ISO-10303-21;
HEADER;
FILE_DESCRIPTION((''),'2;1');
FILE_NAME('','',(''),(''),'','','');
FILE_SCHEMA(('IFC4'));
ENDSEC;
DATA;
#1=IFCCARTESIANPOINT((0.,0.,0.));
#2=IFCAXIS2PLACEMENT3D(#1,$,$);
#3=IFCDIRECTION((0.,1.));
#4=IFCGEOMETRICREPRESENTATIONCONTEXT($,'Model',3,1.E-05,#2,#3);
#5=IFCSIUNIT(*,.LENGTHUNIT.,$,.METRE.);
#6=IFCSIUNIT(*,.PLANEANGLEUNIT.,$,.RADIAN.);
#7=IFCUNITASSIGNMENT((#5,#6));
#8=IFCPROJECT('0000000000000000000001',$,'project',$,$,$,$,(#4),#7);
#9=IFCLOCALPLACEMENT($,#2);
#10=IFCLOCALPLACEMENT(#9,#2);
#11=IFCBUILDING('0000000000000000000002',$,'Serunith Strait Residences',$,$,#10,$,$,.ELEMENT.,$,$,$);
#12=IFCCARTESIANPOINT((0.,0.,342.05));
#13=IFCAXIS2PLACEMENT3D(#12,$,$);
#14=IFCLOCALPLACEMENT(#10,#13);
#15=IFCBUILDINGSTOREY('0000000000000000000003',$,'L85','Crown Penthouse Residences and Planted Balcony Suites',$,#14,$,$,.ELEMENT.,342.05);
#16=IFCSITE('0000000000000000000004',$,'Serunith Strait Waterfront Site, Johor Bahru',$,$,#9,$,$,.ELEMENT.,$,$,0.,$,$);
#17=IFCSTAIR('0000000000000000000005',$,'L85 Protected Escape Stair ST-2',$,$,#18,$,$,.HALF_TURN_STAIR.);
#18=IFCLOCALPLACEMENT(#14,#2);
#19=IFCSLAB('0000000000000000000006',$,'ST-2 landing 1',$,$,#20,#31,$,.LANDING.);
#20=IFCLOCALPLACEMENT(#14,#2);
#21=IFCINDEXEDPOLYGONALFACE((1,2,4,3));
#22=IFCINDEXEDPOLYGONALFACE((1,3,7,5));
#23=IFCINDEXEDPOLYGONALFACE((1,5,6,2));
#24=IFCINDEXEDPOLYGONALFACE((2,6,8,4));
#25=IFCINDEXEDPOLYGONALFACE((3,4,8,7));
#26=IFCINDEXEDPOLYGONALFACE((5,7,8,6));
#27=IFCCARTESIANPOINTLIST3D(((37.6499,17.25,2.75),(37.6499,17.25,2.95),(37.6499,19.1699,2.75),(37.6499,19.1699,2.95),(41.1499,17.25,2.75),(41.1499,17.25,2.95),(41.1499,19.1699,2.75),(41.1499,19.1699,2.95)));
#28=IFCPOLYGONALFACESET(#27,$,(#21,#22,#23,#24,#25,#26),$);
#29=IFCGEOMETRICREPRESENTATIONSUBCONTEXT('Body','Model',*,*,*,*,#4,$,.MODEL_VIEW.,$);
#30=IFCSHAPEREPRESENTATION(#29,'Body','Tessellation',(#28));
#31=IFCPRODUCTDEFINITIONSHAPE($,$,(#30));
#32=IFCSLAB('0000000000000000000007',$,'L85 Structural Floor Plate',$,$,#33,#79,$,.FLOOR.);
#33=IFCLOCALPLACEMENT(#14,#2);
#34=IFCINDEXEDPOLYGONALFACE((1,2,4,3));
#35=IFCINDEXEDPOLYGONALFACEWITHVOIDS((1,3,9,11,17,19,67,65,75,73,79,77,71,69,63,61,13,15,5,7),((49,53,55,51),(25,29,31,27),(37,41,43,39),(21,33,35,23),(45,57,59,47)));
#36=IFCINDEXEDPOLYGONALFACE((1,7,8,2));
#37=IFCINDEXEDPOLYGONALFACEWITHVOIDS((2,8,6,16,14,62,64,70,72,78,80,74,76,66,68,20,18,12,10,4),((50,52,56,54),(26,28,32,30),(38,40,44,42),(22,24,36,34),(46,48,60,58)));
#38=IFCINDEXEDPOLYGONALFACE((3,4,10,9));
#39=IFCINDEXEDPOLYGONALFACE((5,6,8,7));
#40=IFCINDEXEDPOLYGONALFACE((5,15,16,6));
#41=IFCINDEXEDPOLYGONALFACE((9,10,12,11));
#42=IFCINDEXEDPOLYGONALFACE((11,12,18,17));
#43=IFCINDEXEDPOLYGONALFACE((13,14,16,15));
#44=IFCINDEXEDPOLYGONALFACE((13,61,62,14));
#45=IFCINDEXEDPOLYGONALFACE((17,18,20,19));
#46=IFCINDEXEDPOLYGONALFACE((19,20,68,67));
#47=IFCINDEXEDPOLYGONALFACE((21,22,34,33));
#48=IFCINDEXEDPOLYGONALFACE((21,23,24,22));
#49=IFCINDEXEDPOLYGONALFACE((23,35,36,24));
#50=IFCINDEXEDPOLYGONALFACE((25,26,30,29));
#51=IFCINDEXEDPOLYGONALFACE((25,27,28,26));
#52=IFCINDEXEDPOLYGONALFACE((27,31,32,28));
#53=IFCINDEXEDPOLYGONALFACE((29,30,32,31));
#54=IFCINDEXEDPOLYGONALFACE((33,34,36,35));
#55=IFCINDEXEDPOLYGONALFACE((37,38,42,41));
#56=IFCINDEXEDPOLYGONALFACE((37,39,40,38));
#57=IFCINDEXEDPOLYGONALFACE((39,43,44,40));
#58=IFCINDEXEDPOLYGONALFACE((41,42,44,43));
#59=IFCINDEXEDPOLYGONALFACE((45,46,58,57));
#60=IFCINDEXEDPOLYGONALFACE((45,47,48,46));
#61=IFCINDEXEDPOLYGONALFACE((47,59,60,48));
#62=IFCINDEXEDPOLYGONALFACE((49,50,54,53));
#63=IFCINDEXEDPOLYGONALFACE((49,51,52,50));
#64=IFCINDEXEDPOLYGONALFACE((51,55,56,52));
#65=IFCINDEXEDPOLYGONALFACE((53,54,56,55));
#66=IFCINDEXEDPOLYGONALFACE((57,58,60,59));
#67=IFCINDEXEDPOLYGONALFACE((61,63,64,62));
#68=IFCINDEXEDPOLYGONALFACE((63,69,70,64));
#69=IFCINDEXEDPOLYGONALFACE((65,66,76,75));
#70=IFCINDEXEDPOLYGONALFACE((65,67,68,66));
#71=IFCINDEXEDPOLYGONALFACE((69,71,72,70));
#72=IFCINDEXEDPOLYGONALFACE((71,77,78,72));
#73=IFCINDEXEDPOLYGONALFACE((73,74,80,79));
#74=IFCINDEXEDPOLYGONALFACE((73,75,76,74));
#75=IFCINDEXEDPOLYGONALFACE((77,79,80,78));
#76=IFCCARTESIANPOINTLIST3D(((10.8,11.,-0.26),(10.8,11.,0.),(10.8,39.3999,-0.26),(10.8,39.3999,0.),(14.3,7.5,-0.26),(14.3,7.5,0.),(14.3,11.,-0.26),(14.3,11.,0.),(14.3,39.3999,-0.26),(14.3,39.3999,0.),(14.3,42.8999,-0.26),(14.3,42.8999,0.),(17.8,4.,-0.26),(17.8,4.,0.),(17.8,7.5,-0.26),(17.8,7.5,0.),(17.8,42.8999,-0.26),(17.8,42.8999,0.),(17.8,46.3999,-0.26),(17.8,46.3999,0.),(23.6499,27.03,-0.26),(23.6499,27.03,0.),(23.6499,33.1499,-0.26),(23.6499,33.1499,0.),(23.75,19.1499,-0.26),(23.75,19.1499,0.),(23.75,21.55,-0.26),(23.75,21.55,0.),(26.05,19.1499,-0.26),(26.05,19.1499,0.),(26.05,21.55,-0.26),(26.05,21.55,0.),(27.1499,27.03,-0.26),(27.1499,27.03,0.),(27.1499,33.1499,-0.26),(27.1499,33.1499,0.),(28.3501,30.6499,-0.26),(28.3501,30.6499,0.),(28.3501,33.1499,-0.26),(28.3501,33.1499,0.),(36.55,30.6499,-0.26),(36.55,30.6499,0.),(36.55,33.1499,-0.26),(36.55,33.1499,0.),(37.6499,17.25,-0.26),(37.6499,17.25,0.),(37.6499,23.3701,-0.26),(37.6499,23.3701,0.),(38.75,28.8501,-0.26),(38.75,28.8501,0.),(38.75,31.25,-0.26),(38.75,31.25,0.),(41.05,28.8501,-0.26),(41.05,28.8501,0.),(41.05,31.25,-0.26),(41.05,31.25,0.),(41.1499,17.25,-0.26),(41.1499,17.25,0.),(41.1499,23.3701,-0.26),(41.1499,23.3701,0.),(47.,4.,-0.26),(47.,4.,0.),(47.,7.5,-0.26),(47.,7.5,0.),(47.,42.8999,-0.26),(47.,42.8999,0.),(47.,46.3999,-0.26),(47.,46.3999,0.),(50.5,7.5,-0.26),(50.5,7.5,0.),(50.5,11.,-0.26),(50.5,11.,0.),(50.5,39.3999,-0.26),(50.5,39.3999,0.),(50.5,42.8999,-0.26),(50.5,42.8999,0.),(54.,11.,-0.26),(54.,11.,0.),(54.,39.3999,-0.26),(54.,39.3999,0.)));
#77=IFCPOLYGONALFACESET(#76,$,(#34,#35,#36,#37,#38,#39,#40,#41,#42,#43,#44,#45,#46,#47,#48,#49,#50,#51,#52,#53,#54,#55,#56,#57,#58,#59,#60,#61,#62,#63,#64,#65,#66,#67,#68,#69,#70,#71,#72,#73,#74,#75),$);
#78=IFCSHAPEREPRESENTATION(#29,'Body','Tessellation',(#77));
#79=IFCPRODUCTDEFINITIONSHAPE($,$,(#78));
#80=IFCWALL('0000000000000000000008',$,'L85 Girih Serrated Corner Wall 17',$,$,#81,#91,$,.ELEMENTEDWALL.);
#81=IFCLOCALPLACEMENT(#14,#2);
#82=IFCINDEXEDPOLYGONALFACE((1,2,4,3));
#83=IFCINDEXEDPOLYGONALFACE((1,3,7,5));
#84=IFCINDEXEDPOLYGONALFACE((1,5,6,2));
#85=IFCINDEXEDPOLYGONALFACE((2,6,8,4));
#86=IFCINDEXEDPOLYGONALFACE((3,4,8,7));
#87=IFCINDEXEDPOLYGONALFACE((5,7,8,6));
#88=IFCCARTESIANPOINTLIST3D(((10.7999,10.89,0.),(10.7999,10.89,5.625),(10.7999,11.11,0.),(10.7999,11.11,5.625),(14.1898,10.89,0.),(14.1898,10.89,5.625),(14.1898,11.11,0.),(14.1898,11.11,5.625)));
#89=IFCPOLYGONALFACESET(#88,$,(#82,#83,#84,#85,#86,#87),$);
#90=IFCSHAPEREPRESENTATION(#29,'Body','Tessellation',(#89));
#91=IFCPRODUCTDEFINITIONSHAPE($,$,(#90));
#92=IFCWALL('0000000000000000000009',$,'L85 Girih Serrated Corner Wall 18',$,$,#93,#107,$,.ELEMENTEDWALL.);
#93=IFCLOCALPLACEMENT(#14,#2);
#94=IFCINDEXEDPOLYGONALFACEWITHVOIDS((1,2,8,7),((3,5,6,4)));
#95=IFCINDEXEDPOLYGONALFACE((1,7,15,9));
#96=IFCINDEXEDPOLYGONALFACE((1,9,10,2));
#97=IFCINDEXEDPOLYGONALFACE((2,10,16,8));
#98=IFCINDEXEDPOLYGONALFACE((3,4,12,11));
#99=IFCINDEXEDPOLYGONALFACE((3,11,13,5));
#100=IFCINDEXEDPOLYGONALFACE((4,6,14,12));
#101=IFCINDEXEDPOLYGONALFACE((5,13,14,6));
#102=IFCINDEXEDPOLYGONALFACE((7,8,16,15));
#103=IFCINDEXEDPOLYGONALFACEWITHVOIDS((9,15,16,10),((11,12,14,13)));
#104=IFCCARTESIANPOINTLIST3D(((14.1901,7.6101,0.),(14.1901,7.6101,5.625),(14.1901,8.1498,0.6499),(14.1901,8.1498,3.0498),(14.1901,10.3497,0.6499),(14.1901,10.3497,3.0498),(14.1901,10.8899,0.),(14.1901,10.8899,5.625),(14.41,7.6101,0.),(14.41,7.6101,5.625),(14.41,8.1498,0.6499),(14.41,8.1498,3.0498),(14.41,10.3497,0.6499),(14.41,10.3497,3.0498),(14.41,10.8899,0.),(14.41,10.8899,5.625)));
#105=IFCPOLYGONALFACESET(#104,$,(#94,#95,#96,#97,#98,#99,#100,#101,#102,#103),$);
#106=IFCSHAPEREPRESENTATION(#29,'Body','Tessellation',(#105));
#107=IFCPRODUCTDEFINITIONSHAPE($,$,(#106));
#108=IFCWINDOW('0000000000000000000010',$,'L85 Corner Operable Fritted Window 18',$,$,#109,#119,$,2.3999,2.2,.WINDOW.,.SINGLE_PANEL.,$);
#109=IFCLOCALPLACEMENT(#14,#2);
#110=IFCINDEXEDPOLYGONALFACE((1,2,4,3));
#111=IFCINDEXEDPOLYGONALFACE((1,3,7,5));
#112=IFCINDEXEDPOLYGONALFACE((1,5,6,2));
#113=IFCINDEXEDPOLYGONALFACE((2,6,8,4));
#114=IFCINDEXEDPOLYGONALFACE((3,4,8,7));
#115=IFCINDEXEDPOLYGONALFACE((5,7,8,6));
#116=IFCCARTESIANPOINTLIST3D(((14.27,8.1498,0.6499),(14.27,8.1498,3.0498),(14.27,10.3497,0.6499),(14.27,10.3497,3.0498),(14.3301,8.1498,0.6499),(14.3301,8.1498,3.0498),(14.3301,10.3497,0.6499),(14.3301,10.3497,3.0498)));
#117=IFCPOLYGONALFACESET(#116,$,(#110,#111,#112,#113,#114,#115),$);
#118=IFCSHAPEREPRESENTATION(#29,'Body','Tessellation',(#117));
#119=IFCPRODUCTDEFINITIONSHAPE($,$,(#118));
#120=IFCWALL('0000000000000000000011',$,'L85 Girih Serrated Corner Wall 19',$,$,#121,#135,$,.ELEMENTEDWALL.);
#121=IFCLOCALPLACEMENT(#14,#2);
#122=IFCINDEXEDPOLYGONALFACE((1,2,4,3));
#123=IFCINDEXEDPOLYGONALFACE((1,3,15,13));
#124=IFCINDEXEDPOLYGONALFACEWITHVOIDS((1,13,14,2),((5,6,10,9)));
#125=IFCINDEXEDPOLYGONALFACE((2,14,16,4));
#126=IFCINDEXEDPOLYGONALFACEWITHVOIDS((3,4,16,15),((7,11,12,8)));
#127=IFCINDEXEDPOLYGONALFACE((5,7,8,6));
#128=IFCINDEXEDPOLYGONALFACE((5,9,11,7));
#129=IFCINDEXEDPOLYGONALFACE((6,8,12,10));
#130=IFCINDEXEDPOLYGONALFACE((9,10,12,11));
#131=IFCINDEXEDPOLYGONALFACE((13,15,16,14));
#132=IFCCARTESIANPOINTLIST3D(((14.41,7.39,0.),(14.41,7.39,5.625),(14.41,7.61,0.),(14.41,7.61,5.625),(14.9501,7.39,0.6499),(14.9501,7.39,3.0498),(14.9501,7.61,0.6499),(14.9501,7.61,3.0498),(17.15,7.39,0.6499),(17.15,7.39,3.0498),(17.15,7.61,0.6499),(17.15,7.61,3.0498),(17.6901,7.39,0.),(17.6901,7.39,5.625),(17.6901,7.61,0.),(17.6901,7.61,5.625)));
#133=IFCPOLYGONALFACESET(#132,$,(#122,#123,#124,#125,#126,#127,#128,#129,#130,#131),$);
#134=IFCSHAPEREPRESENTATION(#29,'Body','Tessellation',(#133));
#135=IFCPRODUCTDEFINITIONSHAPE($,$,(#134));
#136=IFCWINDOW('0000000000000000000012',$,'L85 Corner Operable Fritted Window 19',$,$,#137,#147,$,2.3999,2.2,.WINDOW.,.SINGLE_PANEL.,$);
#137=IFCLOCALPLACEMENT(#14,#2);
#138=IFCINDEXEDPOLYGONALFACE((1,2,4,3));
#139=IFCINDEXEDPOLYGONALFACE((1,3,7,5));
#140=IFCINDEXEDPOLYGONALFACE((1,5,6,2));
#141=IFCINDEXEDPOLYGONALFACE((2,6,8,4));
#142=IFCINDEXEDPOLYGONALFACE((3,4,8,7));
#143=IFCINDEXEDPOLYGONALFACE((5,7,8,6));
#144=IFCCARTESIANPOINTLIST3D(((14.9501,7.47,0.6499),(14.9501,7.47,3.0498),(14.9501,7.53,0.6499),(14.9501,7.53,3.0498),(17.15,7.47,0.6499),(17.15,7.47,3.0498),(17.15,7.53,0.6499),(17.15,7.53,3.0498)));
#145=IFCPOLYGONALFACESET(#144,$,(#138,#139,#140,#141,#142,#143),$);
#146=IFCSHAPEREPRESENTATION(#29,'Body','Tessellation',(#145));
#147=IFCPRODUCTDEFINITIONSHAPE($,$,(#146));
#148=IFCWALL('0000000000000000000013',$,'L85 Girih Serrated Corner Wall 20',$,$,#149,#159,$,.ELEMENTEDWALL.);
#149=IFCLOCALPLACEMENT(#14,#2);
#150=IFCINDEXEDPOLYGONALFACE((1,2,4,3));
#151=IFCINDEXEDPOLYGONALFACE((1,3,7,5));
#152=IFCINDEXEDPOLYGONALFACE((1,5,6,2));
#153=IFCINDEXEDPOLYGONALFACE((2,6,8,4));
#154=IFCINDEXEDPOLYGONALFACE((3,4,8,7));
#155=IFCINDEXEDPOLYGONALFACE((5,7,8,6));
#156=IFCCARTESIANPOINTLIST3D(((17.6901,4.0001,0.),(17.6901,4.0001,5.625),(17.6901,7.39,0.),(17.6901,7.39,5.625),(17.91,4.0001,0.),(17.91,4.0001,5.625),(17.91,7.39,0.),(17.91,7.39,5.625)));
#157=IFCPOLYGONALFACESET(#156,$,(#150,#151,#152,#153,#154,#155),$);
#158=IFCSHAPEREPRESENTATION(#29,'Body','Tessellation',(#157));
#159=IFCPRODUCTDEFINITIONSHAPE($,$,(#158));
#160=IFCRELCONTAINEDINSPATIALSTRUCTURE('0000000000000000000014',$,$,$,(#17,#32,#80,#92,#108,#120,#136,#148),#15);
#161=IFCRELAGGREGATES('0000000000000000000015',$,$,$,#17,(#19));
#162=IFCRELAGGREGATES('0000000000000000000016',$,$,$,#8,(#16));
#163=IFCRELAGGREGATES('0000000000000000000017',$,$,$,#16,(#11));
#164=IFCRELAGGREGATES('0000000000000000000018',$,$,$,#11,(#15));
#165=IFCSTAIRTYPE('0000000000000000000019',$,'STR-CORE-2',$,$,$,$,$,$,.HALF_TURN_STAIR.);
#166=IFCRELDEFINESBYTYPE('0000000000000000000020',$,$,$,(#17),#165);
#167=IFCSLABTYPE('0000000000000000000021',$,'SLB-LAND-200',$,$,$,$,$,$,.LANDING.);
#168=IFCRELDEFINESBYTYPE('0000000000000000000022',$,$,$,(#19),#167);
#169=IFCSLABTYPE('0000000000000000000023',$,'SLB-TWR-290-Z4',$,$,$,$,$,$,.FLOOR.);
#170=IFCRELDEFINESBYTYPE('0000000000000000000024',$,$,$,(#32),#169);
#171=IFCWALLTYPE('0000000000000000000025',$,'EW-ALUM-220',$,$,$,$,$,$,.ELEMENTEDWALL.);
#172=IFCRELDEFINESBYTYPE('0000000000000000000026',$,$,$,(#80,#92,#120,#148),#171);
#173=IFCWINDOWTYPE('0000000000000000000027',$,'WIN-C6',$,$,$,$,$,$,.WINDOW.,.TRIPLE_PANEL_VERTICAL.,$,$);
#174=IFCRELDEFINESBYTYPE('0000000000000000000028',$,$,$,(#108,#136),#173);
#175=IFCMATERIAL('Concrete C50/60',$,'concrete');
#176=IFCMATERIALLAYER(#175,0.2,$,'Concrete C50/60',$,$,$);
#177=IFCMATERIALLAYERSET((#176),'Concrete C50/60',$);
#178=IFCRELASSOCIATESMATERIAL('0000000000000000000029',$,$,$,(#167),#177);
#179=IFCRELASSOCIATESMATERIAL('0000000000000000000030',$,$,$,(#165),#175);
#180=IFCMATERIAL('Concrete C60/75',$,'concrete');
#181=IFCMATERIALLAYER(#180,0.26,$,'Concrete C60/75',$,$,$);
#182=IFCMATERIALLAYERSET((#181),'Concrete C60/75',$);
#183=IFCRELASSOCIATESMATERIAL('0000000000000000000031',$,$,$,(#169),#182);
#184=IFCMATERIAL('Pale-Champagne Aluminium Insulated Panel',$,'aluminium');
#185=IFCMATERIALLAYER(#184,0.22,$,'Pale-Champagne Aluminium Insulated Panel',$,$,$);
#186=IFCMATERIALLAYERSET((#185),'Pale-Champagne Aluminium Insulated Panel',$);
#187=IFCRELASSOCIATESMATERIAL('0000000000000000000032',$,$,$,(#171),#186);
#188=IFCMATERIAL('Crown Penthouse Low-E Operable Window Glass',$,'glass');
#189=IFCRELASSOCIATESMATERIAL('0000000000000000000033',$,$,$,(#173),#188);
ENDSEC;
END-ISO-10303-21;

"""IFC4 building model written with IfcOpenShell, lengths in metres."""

from ifc_helpers import new_model, si_unit, direction, frame, frame_2d, origin, place, context, subcontext, project, spatial, polyline, rectangle, outline, extrude, source, transform, mapped, material, layer, layer_set, type_object, element, fill, aggregate, save


model = new_model("IFC4")

# Units and contexts
model_context = context("Model", 3, precision=1e-05, world=origin(), true_north=direction((0.0, 1.0)))
body_context = subcontext(model_context, "Body", "Model", "MODEL_VIEW")
ifc_project = project(units=[si_unit("LENGTHUNIT", "METRE"), si_unit("PLANEANGLEUNIT", "RADIAN")], contexts=[model_context])

# Site, building, storey
site_placement = place(None, origin())
site = spatial("IfcSite", under=ifc_project, at=site_placement, Name="Serunith Strait Waterfront Site, Johor Bahru", CompositionType="ELEMENT", RefElevation=0.0)
building_placement = place(site_placement, origin())
building = spatial("IfcBuilding", under=site, at=building_placement, Name="Serunith Strait Residences", CompositionType="ELEMENT")
storey_placement = place(building_placement, frame((0.0, 0.0, 342.05)))
storey = spatial("IfcBuildingStorey", under=building, at=storey_placement, Name="L85", Description="Crown Penthouse Residences and Planted Balcony Suites", CompositionType="ELEMENT", Elevation=342.05)

# Shared definitions
ifc_material_1 = material(Name="Concrete C60/75", Category="concrete")

# Shared definitions
ifc_material_2 = material(Name="Concrete C50/60", Category="concrete")

# Stair, slab
ifc_layer_1 = layer(ifc_material_2, 0.2, Name="Concrete C50/60")
ifc_layer_set_1 = layer_set([ifc_layer_1], Name="Concrete C50/60")
slab_type_1 = type_object("IfcSlabType", Name="SLB-LAND-200", PredefinedType="LANDING", material=ifc_layer_set_1)
stair_type_1 = type_object("IfcStairType", Name="STR-CORE-2", PredefinedType="HALF_TURN_STAIR", material=ifc_material_2)
stair_1_placement = place(storey_placement, origin())
stair_1 = element("IfcStair", 1, at=stair_1_placement, inside=storey, type_object=stair_type_1, Name="L85 Protected Escape Stair ST-2", PredefinedType="HALF_TURN_STAIR")
slab_1_placement = place(storey_placement, frame((0.0, 0.0, 2.75)))
slab_1 = element("IfcSlab", 2, at=slab_1_placement, type_object=slab_type_1, Name="ST-2 landing 1", PredefinedType="LANDING", context=body_context, shape_type="SweptSolid", body=[
    extrude(outline(polyline([(37.6499, 19.1699), (37.6499, 17.25), (41.1499, 17.25), (41.1499, 19.1699), (37.6499, 19.1699)])), origin(), (0.0, 0.0, 1.0), 0.2),
])
aggregate(stair_1, [slab_1])

# Slab
ifc_layer_2 = layer(ifc_material_1, 0.26, Name="Concrete C60/75")
ifc_layer_set_2 = layer_set([ifc_layer_2], Name="Concrete C60/75")
slab_type_2 = type_object("IfcSlabType", Name="SLB-TWR-290-Z4", PredefinedType="FLOOR", material=ifc_layer_set_2)
slab_2_placement = place(storey_placement, frame((0.0, 0.0, -0.26)))
element("IfcSlab", 3, at=slab_2_placement, inside=storey, type_object=slab_type_2, Name="L85 Structural Floor Plate", PredefinedType="FLOOR", context=body_context, shape_type="SweptSolid", body=[
    extrude(outline(polyline([(17.8, 7.5), (14.3, 7.5), (14.3, 11.0), (10.8, 11.0), (10.8, 39.3999), (14.3, 39.3999), (14.3, 42.8999), (17.8, 42.8999), (17.8, 46.3999), (47.0, 46.3999), (47.0, 42.8999), (50.5, 42.8999), (50.5, 39.3999), (54.0, 39.3999), (54.0, 11.0), (50.5, 11.0), (50.5, 7.5), (47.0, 7.5), (47.0, 4.0), (17.8, 4.0), (17.8, 7.5)]), holes=[polyline([(41.1499, 23.3701), (37.6499, 23.3701), (37.6499, 17.25), (41.1499, 17.25), (41.1499, 23.3701)]), polyline([(38.75, 31.25), (38.75, 28.8501), (41.05, 28.8501), (41.05, 31.25), (38.75, 31.25)]), polyline([(36.55, 33.1499), (28.3501, 33.1499), (28.3501, 30.6499), (36.55, 30.6499), (36.55, 33.1499)]), polyline([(23.6499, 33.1499), (23.6499, 27.03), (27.1499, 27.03), (27.1499, 33.1499), (23.6499, 33.1499)]), polyline([(23.75, 21.55), (23.75, 19.1499), (26.05, 19.1499), (26.05, 21.55), (23.75, 21.55)])]), origin(), (0.0, 0.0, 1.0), 0.26),
])

# Wall
ifc_material_3 = material(Name="Pale-Champagne Aluminium Insulated Panel", Category="aluminium")
ifc_layer_3 = layer(ifc_material_3, 0.22, Name="Pale-Champagne Aluminium Insulated Panel")
ifc_layer_set_3 = layer_set([ifc_layer_3], Name="Pale-Champagne Aluminium Insulated Panel")
wall_type = type_object("IfcWallType", Name="EW-ALUM-220", PredefinedType="ELEMENTEDWALL", material=ifc_layer_set_3)
wall_1_placement = place(storey_placement, frame((10.8, 11.0, 0.0), z_axis=(0.0, 0.0, 1.0), x_axis=(1.0, 0.0, 0.0)))
element("IfcWall", 4, at=wall_1_placement, inside=storey, type_object=wall_type, Name="L85 Girih Serrated Corner Wall 17", PredefinedType="ELEMENTEDWALL", context=body_context, shape_type="SweptSolid", body=[
    extrude(rectangle(XDim=3.3899, YDim=0.22, at=frame_2d((1.6948, 0.0))), origin(), (0.0, 0.0, 1.0), 5.625),
])

# Walls, openings, windows
wall_2_placement = place(storey_placement, frame((14.3, 10.8899, 0.0), z_axis=(0.0, 0.0, 1.0), x_axis=(0.0, -1.0, 0.0)))
wall_2 = element("IfcWall", 5, at=wall_2_placement, inside=storey, type_object=wall_type, Name="L85 Girih Serrated Corner Wall 18", PredefinedType="ELEMENTEDWALL", context=body_context, shape_type="SweptSolid", body=[
    extrude(rectangle(XDim=3.2798, YDim=0.22, at=frame_2d((1.6399, 0.0))), origin(), (0.0, 0.0, 1.0), 5.625),
])
opening_1_placement = place(wall_2_placement, frame((0.54, 0.0, 0.6499)))
opening_1 = element("IfcOpeningElement", 6, at=opening_1_placement, cuts=wall_2, PredefinedType="OPENING", context=body_context, shape_type="SweptSolid", body=[
    extrude(rectangle(XDim=2.2, YDim=2.3999, at=frame_2d((1.1001, 1.2))), frame((0.0, 0.1201, 0.0), z_axis=(0.0, -1.0, 0.0), x_axis=(1.0, 0.0, 0.0)), (0.0, 0.0, 1.0), 0.24),
])
ifc_material_4 = material(Name="Crown Penthouse Low-E Operable Window Glass", Category="glass")
window_type = type_object("IfcWindowType", Name="WIN-C6", PartitioningType="TRIPLE_PANEL_VERTICAL", PredefinedType="WINDOW", material=ifc_material_4)
shared_shape_1 = source(origin(), body_context, "Body", "SweptSolid", [
    extrude(rectangle(XDim=2.2, YDim=2.3999, at=frame_2d((1.1001, 1.2))), frame((0.0, 0.03, 0.0), z_axis=(0.0, -1.0, 0.0), x_axis=(1.0, 0.0, 0.0)), (0.0, 0.0, 1.0), 0.0601),
])
window_1_placement = place(opening_1_placement, origin())
window_1 = element("IfcWindow", 7, at=window_1_placement, inside=storey, type_object=window_type, Name="L85 Corner Operable Fritted Window 18", OverallHeight=2.3999, OverallWidth=2.2, PartitioningType="SINGLE_PANEL", PredefinedType="WINDOW", context=body_context, shape_type="MappedRepresentation", body=[
    mapped(shared_shape_1, transform((0.0, 0.0, 0.0), scale=1.0)),
])
fill(opening_1, window_1)
wall_3_placement = place(storey_placement, frame((14.4099, 7.5, 0.0), z_axis=(0.0, 0.0, 1.0), x_axis=(1.0, 0.0, 0.0)))
wall_3 = element("IfcWall", 8, at=wall_3_placement, inside=storey, type_object=wall_type, Name="L85 Girih Serrated Corner Wall 19", PredefinedType="ELEMENTEDWALL", context=body_context, shape_type="SweptSolid", body=[
    extrude(rectangle(XDim=3.28, YDim=0.22, at=frame_2d((1.6401, 0.0))), origin(), (0.0, 0.0, 1.0), 5.625),
])
opening_2_placement = place(wall_3_placement, frame((0.54, 0.0, 0.6499)))
opening_2 = element("IfcOpeningElement", 9, at=opening_2_placement, cuts=wall_3, PredefinedType="OPENING", context=body_context, shape_type="SweptSolid", body=[
    extrude(rectangle(XDim=2.2, YDim=2.3999, at=frame_2d((1.1001, 1.2))), frame((0.0, 0.1201, 0.0), z_axis=(0.0, -1.0, 0.0), x_axis=(1.0, 0.0, 0.0)), (0.0, 0.0, 1.0), 0.24),
])
window_2_placement = place(opening_2_placement, origin())
window_2 = element("IfcWindow", 10, at=window_2_placement, inside=storey, type_object=window_type, Name="L85 Corner Operable Fritted Window 19", OverallHeight=2.3999, OverallWidth=2.2, PartitioningType="SINGLE_PANEL", PredefinedType="WINDOW", context=body_context, shape_type="MappedRepresentation", body=[
    mapped(shared_shape_1, transform((0.0, 0.0, 0.0), scale=1.0)),
])
fill(opening_2, window_2)

# Wall
wall_4_placement = place(storey_placement, frame((17.8, 7.3899, 0.0), z_axis=(0.0, 0.0, 1.0), x_axis=(0.0, -1.0, 0.0)))
element("IfcWall", 11, at=wall_4_placement, inside=storey, type_object=wall_type, Name="L85 Girih Serrated Corner Wall 20", PredefinedType="ELEMENTEDWALL", context=body_context, shape_type="SweptSolid", body=[
    extrude(rectangle(XDim=3.3899, YDim=0.22, at=frame_2d((1.6948, 0.0))), origin(), (0.0, 0.0, 1.0), 5.625),
])

save(model, "model.ifc")
